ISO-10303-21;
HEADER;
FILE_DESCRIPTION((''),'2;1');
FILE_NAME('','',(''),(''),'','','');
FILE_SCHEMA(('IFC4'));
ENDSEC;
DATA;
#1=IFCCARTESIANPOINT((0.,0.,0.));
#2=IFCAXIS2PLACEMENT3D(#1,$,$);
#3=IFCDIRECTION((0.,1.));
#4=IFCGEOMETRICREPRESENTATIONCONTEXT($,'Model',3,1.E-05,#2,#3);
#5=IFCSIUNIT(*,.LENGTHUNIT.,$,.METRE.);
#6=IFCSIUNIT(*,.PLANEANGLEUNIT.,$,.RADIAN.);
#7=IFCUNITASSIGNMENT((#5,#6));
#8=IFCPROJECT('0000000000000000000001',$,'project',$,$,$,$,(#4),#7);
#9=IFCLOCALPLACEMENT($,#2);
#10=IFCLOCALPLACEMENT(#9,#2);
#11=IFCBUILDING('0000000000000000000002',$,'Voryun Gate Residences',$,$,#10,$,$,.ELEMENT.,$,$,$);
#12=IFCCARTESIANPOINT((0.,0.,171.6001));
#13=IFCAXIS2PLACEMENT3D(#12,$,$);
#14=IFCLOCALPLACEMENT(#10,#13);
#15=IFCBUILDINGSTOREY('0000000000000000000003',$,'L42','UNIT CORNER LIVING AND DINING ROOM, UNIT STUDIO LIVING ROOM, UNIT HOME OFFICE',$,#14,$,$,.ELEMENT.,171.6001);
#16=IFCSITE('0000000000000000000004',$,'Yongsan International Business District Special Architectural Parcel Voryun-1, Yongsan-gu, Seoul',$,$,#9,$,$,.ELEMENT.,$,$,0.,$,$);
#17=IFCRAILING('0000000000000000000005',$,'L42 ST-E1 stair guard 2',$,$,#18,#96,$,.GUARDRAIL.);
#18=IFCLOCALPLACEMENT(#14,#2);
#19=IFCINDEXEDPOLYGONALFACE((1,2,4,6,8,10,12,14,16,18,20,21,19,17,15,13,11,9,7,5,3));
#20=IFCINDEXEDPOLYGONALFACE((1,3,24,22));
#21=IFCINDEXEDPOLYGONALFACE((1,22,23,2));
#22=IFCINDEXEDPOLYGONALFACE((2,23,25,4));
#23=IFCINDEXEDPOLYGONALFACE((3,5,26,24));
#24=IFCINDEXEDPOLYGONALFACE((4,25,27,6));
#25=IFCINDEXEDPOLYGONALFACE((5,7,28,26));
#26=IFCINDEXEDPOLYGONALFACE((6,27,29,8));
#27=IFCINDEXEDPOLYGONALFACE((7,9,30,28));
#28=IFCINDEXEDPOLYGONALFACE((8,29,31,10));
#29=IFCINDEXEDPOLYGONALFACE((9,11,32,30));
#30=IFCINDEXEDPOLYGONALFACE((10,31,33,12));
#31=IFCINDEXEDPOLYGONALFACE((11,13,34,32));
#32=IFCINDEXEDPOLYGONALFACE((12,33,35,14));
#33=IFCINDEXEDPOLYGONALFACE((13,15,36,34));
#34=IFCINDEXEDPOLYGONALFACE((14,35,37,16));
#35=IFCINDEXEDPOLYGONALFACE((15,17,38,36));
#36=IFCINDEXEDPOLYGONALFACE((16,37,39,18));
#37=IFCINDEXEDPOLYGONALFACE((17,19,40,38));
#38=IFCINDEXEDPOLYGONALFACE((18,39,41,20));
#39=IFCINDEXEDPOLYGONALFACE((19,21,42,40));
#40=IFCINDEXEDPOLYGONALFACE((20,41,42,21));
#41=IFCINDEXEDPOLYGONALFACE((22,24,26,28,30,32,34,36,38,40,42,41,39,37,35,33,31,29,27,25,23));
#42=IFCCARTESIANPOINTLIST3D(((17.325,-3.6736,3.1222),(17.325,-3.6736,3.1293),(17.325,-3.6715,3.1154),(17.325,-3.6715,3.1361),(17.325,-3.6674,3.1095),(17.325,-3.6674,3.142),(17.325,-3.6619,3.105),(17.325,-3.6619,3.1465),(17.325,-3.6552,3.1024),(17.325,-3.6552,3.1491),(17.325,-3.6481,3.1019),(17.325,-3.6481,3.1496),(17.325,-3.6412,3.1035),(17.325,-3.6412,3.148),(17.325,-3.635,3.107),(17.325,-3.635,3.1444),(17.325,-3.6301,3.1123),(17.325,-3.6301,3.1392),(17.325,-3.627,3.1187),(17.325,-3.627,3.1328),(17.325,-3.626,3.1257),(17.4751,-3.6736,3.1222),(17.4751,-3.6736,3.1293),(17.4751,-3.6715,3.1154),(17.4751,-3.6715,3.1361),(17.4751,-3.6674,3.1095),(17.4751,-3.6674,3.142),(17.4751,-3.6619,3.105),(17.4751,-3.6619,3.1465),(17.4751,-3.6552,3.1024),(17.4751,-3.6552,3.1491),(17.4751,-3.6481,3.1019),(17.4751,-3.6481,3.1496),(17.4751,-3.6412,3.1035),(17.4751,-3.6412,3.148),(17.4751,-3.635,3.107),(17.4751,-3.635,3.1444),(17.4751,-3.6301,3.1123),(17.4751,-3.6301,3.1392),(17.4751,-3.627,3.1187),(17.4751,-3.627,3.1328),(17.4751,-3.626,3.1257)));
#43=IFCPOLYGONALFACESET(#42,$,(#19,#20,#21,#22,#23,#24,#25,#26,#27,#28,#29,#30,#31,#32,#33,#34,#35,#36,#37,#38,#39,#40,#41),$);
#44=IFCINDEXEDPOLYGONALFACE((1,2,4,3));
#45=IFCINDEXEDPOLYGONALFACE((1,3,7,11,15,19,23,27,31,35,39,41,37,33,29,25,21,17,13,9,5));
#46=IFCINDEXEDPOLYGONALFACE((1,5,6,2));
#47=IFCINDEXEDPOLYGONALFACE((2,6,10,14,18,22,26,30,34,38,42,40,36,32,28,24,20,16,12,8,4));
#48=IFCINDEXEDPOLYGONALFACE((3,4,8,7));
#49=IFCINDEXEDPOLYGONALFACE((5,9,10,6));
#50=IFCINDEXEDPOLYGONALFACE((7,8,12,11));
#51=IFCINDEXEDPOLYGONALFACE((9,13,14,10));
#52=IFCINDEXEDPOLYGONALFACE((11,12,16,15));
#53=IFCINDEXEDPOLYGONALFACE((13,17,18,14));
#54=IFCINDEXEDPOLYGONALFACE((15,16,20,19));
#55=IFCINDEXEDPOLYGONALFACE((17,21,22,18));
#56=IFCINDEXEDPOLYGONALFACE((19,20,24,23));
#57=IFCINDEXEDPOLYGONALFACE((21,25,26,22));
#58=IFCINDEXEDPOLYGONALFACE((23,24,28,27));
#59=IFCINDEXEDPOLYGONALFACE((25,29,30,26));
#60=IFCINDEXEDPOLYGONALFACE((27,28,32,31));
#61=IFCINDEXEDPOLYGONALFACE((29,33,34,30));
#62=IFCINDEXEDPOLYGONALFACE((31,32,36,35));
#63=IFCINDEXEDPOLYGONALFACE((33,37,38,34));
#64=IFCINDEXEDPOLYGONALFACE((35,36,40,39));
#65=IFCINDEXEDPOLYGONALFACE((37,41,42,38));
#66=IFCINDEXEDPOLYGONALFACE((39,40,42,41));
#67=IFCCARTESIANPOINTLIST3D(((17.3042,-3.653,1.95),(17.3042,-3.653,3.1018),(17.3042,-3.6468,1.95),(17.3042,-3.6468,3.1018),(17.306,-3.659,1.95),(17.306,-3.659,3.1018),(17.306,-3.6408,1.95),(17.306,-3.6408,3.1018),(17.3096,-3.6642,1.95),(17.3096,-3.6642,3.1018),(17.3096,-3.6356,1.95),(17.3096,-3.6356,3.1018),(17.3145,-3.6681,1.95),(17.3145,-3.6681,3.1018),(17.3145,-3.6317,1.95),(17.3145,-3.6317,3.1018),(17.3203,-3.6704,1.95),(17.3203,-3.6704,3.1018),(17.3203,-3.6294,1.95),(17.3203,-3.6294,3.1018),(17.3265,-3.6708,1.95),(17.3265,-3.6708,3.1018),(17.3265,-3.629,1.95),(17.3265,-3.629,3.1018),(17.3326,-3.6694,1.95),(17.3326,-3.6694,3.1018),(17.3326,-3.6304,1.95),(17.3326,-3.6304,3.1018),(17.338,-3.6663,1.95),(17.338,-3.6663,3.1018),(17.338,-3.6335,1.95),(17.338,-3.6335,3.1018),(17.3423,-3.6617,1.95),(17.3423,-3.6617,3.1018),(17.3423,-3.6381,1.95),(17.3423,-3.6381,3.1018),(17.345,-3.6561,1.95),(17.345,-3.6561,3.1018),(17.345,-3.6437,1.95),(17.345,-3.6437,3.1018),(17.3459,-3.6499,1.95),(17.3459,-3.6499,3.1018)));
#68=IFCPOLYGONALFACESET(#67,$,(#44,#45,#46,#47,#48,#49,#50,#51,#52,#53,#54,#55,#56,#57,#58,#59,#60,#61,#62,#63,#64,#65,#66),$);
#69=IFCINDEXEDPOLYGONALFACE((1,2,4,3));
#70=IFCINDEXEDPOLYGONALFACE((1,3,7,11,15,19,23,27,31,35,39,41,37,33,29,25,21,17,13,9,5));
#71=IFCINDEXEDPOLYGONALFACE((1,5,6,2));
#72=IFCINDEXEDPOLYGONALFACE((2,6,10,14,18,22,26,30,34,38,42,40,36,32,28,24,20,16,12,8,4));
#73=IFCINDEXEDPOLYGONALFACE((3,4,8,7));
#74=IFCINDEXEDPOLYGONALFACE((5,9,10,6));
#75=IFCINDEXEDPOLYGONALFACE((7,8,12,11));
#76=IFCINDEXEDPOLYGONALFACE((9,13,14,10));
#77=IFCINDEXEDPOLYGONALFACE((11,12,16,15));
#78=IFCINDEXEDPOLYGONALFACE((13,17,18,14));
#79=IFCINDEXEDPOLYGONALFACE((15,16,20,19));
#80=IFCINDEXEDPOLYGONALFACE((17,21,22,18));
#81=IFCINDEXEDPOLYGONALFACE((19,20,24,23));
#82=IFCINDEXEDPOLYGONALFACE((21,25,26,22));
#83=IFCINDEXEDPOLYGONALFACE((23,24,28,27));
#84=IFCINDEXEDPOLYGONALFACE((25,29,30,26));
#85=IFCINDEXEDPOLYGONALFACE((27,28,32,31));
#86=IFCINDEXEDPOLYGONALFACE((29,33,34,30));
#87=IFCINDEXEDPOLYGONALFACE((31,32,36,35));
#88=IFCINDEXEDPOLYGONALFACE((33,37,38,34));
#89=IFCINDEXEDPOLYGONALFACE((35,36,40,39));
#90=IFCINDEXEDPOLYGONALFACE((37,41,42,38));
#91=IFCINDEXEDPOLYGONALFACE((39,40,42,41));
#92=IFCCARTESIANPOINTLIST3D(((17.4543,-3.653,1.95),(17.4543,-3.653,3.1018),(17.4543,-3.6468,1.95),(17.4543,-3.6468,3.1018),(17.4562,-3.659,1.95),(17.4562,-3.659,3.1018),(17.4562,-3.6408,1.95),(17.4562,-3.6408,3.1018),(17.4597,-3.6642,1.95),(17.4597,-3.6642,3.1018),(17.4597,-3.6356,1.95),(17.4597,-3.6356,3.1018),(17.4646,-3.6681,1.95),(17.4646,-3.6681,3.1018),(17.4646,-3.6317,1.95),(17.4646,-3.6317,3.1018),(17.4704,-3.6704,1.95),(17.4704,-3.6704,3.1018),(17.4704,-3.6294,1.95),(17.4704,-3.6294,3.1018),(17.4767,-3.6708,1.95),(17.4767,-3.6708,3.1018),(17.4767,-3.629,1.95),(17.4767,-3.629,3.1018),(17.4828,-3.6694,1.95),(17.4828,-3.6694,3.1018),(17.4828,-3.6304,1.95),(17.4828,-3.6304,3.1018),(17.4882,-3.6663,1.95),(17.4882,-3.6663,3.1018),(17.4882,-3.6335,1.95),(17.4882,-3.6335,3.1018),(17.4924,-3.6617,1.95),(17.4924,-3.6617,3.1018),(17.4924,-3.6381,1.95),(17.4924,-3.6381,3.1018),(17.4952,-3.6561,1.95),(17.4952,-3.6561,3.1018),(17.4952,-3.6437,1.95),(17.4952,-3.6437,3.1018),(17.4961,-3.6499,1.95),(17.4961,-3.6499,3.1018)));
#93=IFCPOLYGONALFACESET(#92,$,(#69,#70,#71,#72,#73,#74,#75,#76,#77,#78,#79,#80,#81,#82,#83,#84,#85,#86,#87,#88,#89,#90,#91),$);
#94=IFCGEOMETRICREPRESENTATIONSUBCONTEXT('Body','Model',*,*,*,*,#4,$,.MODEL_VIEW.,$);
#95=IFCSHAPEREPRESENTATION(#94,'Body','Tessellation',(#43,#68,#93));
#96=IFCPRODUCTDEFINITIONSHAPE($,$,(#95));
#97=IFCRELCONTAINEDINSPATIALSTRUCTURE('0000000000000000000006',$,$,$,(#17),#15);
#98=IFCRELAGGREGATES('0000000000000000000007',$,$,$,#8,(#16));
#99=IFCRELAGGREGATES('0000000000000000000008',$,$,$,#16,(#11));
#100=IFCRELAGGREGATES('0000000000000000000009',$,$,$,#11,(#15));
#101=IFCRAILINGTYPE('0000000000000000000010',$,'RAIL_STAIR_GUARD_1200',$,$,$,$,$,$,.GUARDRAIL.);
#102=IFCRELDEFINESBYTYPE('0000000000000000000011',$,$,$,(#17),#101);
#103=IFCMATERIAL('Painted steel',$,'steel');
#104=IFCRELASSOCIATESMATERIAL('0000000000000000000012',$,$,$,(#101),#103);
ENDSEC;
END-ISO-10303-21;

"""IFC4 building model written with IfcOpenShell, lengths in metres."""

from ifc_helpers import new_model, si_unit, direction, frame, origin, origin_2d, place, context, subcontext, project, spatial, circle, extrude, material, type_object, element, save


model = new_model("IFC4")

# Units and contexts
model_context = context("Model", 3, precision=1e-05, world=origin(), true_north=direction((0.0, 1.0)))
body_context = subcontext(model_context, "Body", "Model", "MODEL_VIEW")
ifc_project = project(units=[si_unit("LENGTHUNIT", "METRE"), si_unit("PLANEANGLEUNIT", "RADIAN")], contexts=[model_context])

# Site, building, storey
site_placement = place(None, origin())
site = spatial("IfcSite", under=ifc_project, at=site_placement, Name="Yongsan International Business District Special Architectural Parcel Voryun-1, Yongsan-gu, Seoul", CompositionType="ELEMENT", RefElevation=0.0)
building_placement = place(site_placement, origin())
building = spatial("IfcBuilding", under=site, at=building_placement, Name="Voryun Gate Residences", CompositionType="ELEMENT")
storey_placement = place(building_placement, frame((0.0, 0.0, 171.6001)))
storey = spatial("IfcBuildingStorey", under=building, at=storey_placement, Name="L42", Description="UNIT CORNER LIVING AND DINING ROOM, UNIT STUDIO LIVING ROOM, UNIT HOME OFFICE", CompositionType="ELEMENT", Elevation=171.6001)

# Railing
ifc_material_1 = material(Name="Painted steel", Category="steel")
railing_type_1 = type_object("IfcRailingType", Name="RAIL_STAIR_GUARD_1200", PredefinedType="GUARDRAIL", material=ifc_material_1)
railing_1_placement = place(storey_placement, frame((17.325, -3.6499, 1.95)))
element("IfcRailing", 1, at=railing_1_placement, inside=storey, type_object=railing_type_1, Name="L42 ST-E1 stair guard 2", PredefinedType="GUARDRAIL", context=body_context, shape_type="SweptSolid", body=[
    extrude(circle(Radius=0.0239, at=origin_2d()), frame((0.0, 0.0, 1.1758), z_axis=(1.0, 0.0, 0.0), x_axis=(0.0, 1.0, 0.0)), (0.0, 0.0, 1.0), 0.1501),
    extrude(circle(Radius=0.021, at=origin_2d()), origin(), (0.0, 0.0, 1.0), 1.1519),
    extrude(circle(Radius=0.021, at=origin_2d()), frame((0.1501, 0.0, 0.0)), (0.0, 0.0, 1.0), 1.1519),
])

save(model, "model.ifc")
